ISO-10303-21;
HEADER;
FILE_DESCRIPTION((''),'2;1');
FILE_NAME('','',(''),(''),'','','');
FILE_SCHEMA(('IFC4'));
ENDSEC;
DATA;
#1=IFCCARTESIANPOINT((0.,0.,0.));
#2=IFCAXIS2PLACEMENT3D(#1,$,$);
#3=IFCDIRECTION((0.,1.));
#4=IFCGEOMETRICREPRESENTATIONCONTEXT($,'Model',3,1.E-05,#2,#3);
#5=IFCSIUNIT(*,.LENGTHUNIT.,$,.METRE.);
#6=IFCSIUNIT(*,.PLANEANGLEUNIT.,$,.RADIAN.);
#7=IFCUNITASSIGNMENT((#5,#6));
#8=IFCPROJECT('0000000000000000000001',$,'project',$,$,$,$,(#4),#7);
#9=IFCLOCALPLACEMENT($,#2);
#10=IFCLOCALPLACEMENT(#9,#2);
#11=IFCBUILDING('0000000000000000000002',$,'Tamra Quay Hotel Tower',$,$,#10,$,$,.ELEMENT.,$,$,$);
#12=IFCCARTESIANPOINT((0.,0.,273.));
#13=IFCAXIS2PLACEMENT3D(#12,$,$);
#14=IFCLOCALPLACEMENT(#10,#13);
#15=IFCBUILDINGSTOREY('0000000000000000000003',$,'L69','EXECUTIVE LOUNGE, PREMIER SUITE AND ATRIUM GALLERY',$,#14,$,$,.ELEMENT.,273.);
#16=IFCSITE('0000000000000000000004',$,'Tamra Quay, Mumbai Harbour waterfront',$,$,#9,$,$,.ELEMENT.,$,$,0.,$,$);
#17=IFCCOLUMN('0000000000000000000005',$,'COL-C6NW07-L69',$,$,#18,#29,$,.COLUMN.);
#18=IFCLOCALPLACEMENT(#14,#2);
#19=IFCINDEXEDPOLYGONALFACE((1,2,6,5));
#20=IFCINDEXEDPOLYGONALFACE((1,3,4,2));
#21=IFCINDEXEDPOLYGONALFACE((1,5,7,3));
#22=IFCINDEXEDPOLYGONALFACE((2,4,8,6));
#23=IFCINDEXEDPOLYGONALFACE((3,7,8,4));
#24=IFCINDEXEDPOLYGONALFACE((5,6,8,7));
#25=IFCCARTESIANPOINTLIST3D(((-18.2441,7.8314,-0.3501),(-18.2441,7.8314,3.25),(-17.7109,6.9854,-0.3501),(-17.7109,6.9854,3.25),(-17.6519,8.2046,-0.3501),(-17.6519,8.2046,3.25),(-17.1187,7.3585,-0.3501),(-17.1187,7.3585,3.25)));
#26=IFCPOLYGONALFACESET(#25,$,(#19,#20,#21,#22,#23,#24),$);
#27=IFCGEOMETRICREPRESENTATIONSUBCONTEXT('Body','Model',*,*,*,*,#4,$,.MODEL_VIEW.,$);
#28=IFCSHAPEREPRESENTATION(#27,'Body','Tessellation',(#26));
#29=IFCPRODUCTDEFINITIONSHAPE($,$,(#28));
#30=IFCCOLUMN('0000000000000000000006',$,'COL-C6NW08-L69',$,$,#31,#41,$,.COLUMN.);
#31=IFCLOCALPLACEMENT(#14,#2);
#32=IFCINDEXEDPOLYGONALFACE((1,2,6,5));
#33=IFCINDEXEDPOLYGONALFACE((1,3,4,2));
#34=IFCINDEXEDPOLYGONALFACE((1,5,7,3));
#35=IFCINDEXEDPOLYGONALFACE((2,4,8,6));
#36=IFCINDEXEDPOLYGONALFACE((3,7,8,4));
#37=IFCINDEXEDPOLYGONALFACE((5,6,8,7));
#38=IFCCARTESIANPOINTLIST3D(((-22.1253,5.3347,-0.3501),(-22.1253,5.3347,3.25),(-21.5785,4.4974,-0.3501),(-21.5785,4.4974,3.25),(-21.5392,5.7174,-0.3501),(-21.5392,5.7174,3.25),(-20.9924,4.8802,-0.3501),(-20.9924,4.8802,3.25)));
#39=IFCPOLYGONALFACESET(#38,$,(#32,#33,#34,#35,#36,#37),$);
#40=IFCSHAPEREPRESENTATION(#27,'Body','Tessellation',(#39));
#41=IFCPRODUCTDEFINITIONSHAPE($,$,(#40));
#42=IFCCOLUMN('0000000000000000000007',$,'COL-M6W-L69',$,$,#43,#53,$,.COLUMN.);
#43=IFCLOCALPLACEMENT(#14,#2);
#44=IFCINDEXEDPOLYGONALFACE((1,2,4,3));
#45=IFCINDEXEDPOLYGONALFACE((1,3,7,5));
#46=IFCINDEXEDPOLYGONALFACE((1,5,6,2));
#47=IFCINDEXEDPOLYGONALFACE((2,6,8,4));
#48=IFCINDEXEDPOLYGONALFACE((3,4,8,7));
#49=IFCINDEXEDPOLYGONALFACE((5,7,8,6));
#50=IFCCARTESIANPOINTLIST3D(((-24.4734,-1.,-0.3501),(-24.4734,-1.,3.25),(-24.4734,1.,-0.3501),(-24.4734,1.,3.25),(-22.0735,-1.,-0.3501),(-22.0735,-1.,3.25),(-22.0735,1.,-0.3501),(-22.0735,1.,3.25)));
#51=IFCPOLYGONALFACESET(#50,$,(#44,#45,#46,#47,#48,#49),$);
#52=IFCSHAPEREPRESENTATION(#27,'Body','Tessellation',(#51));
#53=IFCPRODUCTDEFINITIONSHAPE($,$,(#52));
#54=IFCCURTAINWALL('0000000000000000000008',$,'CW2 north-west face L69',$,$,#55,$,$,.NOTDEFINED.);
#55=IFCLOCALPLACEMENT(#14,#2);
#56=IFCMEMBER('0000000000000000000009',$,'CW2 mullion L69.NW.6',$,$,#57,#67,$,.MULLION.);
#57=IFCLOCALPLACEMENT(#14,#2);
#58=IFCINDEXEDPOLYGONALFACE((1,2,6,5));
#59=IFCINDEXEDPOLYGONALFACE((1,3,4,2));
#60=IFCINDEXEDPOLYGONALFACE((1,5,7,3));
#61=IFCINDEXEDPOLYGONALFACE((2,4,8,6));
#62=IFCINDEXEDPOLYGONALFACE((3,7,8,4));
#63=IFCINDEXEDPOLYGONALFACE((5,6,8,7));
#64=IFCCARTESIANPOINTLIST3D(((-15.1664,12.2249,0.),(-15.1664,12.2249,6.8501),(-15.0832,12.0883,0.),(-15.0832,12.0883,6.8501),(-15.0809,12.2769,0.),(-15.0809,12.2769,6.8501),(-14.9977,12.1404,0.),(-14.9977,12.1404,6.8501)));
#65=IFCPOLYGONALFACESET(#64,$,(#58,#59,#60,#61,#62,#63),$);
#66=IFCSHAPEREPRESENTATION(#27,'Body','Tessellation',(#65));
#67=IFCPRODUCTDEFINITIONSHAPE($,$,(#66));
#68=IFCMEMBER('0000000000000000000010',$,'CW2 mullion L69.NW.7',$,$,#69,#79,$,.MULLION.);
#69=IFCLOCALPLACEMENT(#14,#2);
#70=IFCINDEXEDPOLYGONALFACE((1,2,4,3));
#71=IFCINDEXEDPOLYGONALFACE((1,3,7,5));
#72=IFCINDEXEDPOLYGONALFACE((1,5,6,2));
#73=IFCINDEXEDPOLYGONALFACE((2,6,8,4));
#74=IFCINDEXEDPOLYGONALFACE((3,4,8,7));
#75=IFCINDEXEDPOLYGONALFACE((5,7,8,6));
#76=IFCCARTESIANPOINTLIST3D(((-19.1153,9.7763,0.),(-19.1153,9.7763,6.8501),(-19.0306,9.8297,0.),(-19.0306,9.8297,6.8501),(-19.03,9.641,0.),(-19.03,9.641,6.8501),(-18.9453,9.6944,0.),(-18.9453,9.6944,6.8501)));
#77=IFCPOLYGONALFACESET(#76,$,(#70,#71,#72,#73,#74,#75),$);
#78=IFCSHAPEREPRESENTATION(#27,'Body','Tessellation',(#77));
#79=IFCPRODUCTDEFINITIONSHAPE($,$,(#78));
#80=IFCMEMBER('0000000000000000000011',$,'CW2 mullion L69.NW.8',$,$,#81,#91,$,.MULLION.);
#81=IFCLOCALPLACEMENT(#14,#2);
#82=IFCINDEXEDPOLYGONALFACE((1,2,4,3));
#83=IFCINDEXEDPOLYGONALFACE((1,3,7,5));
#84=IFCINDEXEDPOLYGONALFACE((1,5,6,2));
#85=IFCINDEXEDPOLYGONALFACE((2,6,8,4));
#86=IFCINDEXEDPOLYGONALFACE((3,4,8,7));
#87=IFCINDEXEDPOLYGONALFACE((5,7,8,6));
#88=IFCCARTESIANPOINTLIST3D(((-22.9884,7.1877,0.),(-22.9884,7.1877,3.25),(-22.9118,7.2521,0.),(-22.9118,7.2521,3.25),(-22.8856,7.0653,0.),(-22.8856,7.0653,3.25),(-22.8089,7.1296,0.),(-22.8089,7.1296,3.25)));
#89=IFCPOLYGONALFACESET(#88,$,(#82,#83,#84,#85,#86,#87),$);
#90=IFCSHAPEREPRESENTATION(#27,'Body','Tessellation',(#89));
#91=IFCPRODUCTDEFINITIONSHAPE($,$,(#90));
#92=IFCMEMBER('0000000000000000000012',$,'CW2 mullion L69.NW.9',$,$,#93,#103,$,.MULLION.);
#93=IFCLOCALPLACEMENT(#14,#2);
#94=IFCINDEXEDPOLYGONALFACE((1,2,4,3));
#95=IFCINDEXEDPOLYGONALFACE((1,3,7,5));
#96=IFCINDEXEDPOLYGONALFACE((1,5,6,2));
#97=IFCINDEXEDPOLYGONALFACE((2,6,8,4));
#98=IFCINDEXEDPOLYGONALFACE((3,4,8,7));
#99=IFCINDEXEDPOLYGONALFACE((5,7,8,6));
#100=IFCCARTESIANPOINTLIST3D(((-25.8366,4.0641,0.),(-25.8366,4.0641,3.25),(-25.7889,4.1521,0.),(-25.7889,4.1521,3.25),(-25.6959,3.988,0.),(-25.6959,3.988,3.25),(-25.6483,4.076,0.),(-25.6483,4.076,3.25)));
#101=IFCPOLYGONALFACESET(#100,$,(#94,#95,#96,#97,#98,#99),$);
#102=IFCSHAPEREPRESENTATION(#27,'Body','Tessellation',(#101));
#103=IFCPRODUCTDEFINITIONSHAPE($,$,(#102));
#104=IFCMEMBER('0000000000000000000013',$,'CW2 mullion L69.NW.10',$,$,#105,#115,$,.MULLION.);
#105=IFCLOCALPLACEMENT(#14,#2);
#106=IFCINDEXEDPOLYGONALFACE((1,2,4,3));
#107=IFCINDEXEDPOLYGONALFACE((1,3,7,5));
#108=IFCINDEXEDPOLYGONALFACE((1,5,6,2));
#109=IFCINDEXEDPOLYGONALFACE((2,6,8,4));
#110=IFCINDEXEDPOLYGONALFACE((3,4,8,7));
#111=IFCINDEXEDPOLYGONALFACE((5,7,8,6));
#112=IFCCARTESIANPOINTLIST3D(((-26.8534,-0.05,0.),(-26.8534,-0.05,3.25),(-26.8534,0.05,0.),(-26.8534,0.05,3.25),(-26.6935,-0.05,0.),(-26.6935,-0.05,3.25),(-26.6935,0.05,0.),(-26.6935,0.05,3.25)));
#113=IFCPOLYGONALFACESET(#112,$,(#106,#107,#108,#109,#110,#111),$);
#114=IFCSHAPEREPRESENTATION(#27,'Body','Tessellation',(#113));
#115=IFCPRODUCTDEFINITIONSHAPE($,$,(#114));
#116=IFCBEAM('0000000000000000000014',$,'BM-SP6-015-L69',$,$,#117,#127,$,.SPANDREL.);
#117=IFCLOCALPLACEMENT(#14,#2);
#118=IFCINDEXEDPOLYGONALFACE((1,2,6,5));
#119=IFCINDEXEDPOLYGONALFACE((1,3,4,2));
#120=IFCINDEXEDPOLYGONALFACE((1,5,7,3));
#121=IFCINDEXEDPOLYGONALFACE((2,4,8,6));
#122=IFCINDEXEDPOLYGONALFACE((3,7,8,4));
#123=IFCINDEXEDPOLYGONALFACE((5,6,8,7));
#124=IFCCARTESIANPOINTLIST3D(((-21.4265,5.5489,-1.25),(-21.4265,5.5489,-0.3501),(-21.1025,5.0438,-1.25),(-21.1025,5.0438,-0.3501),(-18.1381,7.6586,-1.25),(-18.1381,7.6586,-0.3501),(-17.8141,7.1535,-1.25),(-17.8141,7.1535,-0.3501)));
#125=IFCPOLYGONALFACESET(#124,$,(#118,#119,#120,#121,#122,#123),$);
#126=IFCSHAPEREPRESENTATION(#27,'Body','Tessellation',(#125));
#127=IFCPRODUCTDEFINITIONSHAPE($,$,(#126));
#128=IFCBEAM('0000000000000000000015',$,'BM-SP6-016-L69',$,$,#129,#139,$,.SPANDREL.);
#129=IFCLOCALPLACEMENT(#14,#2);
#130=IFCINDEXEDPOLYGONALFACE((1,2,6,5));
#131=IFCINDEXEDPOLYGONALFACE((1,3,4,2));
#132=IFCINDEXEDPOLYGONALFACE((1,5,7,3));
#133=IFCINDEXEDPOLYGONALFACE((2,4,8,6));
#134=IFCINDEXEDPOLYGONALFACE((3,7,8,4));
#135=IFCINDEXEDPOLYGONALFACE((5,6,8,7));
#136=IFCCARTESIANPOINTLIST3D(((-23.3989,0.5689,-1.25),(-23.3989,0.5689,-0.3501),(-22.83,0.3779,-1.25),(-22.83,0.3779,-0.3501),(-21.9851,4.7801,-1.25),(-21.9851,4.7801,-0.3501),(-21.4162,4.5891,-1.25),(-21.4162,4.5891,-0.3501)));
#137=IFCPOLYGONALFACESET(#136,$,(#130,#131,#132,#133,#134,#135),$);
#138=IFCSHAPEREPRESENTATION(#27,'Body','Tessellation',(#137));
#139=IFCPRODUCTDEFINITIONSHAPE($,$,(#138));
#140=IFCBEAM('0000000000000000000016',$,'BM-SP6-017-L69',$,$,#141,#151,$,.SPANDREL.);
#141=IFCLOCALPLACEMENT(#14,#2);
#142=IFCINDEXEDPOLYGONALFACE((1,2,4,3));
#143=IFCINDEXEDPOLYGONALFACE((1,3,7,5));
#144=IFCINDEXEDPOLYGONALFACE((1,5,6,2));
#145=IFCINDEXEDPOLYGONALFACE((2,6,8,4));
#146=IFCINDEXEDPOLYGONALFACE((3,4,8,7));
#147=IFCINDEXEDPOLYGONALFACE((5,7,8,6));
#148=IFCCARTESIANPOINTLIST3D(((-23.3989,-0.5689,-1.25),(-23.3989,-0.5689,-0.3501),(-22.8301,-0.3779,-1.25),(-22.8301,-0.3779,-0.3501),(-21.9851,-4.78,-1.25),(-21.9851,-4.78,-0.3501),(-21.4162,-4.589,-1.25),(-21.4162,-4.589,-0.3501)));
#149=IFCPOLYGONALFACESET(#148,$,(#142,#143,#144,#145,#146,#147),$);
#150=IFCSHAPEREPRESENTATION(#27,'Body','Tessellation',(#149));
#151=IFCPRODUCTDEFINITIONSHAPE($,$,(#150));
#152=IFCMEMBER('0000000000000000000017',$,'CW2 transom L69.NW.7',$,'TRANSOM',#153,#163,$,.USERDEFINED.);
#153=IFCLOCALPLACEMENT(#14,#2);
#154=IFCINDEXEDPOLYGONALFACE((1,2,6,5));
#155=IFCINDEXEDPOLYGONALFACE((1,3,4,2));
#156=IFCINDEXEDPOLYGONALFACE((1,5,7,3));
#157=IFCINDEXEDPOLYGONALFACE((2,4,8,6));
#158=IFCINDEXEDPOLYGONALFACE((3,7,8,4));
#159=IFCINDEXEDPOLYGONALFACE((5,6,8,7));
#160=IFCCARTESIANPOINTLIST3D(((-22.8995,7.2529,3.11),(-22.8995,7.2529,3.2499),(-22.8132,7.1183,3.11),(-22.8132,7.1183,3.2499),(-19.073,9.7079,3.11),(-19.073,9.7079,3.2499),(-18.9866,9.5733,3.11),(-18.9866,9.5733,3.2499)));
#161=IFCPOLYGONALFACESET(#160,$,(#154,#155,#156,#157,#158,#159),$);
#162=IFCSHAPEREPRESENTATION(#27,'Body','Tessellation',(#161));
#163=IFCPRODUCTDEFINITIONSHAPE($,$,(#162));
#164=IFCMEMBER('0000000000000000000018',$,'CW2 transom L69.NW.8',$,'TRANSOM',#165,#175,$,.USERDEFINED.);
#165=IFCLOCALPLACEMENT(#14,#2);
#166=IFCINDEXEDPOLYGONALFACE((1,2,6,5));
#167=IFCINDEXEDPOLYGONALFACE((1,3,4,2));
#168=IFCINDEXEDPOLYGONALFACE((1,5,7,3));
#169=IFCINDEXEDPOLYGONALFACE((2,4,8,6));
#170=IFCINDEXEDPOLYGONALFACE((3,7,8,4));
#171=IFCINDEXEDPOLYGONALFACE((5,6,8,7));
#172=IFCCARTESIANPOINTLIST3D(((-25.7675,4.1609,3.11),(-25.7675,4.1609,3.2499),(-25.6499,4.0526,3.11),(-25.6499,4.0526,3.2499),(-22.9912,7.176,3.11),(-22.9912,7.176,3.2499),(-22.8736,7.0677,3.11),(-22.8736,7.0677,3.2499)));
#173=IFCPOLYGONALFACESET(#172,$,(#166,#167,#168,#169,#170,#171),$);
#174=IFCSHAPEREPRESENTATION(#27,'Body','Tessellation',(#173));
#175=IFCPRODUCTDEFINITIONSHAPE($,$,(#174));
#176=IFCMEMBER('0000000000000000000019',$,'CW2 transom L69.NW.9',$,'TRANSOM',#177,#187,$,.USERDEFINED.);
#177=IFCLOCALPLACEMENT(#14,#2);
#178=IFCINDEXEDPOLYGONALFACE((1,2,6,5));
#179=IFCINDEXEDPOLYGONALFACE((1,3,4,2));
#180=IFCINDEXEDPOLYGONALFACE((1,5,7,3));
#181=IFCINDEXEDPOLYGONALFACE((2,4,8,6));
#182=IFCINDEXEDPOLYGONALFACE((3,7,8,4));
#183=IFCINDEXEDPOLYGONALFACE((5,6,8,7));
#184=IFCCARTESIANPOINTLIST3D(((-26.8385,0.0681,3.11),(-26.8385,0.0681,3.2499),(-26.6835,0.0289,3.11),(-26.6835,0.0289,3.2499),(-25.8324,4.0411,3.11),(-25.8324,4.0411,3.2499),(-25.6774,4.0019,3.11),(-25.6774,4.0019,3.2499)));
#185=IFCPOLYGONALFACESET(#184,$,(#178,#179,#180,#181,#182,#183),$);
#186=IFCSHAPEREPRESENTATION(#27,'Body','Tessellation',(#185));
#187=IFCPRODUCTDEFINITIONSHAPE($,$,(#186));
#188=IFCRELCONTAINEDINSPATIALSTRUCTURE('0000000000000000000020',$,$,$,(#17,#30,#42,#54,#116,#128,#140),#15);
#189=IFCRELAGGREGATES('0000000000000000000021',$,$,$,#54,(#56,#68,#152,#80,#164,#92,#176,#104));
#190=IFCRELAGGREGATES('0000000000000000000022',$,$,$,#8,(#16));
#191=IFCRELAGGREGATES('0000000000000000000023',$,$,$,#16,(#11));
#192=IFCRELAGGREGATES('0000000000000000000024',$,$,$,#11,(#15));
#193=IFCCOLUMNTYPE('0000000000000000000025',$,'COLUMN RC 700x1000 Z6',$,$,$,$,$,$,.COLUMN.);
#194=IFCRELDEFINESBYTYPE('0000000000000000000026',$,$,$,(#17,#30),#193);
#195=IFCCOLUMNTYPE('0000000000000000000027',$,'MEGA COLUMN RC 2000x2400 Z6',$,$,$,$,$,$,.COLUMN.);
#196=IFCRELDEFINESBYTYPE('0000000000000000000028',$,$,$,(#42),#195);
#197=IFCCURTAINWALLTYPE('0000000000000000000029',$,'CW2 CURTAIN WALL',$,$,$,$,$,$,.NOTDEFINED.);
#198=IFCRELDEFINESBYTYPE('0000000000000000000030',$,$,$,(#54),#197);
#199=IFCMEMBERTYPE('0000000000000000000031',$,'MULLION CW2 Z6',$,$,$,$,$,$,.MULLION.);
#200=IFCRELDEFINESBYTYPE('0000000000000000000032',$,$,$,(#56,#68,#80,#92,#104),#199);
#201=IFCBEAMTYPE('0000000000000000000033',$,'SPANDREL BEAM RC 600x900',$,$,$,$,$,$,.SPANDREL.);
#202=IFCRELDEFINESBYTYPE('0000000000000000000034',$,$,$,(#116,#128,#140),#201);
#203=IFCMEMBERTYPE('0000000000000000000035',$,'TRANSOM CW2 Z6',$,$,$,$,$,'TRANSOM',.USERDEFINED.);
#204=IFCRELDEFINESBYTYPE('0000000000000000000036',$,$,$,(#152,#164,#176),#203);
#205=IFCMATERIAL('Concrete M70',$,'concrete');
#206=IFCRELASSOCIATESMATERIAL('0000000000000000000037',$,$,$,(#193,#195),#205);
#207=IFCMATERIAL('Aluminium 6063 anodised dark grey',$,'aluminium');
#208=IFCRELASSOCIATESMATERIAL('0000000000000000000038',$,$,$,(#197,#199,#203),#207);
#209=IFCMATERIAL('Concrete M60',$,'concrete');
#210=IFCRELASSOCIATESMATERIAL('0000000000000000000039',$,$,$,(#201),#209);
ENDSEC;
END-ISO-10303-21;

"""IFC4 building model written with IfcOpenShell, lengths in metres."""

from ifc_helpers import new_model, si_unit, direction, frame, origin, origin_2d, place, context, subcontext, project, spatial, rectangle, extrude, material, material_profile, profile_set, type_object, element, aggregate, save


model = new_model("IFC4")

# Units and contexts
model_context = context("Model", 3, precision=1e-05, world=origin(), true_north=direction((0.0, 1.0)))
body_context = subcontext(model_context, "Body", "Model", "MODEL_VIEW")
ifc_project = project(units=[si_unit("LENGTHUNIT", "METRE"), si_unit("PLANEANGLEUNIT", "RADIAN")], contexts=[model_context])

# Site, building, storey
site_placement = place(None, origin())
site = spatial("IfcSite", under=ifc_project, at=site_placement, Name="Tamra Quay, Mumbai Harbour waterfront", CompositionType="ELEMENT", RefElevation=0.0)
building_placement = place(site_placement, origin())
building = spatial("IfcBuilding", under=site, at=building_placement, Name="Tamra Quay Hotel Tower", CompositionType="ELEMENT")
storey_placement = place(building_placement, frame((0.0, 0.0, 273.0)))
storey = spatial("IfcBuildingStorey", under=building, at=storey_placement, Name="L69", Description="EXECUTIVE LOUNGE, PREMIER SUITE AND ATRIUM GALLERY", CompositionType="ELEMENT", Elevation=273.0)

# Columns
ifc_material_1 = material(Name="Concrete M70", Category="concrete")
ifc_material_profile_1 = material_profile(ifc_material_1, rectangle(XDim=1.0, YDim=0.7, at=origin_2d()), Name="COLUMN RC 700x1000 Z6")
ifc_profile_set_1 = profile_set([ifc_material_profile_1], Name="Concrete M70")
column_type_1 = type_object("IfcColumnType", Name="COLUMN RC 700x1000 Z6", PredefinedType="COLUMN", material=ifc_profile_set_1)
for number, where, z_axis, x_axis, name in (
    (1, (-17.6814, 7.595, -0.3501), (0.0, 0.0, 1.0), (-0.533133, 0.846031, 0.0), "COL-C6NW07-L69"),
    (2, (-21.5588, 5.1074, -0.3501), (0.0, 0.0, 1.0), (-0.546805, 0.83726, 0.0), "COL-C6NW08-L69"),
):
    element("IfcColumn", number, at=place(storey_placement, frame(where, z_axis=z_axis, x_axis=x_axis)), inside=storey, type_object=column_type_1, Name=name, PredefinedType="COLUMN", context=body_context, shape_type="SweptSolid", body=[
        extrude(rectangle(XDim=1.0, YDim=0.7, at=origin_2d()), origin(), (0.0, 0.0, 1.0), 3.6001),
    ])
ifc_material_profile_2 = material_profile(ifc_material_1, rectangle(XDim=2.3999, YDim=2.0, at=origin_2d()), Name="MEGA COLUMN RC 2000x2400 Z6")
ifc_profile_set_2 = profile_set([ifc_material_profile_2], Name="Concrete M70")
column_type_2 = type_object("IfcColumnType", Name="MEGA COLUMN RC 2000x2400 Z6", PredefinedType="COLUMN", material=ifc_profile_set_2)
column_placement = place(storey_placement, frame((-23.2734, 0.0, -0.3501), z_axis=(0.0, 0.0, 1.0), x_axis=(1.0, 0.0, 0.0)))
element("IfcColumn", 3, at=column_placement, inside=storey, type_object=column_type_2, Name="COL-M6W-L69", PredefinedType="COLUMN", context=body_context, shape_type="SweptSolid", body=[
    extrude(rectangle(XDim=2.3999, YDim=2.0, at=origin_2d()), origin(), (0.0, 0.0, 1.0), 3.6001),
])

# Curtain wall, members
ifc_material_2 = material(Name="Aluminium 6063 anodised dark grey", Category="aluminium")
curtain_wall_type = type_object("IfcCurtainWallType", Name="CW2 CURTAIN WALL", PredefinedType="NOTDEFINED", material=ifc_material_2)
curtain_wall_placement = place(storey_placement, origin())
curtain_wall = element("IfcCurtainWall", 4, at=curtain_wall_placement, inside=storey, type_object=curtain_wall_type, Name="CW2 north-west face L69", PredefinedType="NOTDEFINED")
ifc_material_profile_3 = material_profile(ifc_material_2, rectangle(XDim=0.1599, YDim=0.1001, at=origin_2d()), Name="MULLION 100X160")
ifc_profile_set_3 = profile_set([ifc_material_profile_3], Name="Aluminium 6063 anodised dark grey")
member_type_1 = type_object("IfcMemberType", Name="MULLION CW2 Z6", PredefinedType="MULLION", material=ifc_profile_set_3)
member_1_placement = place(storey_placement, frame((-15.082, 12.1826, 0.0), z_axis=(0.0, 0.0, 1.0), x_axis=(-0.520161, 0.854068, 0.0)))
member_1 = element("IfcMember", 5, at=member_1_placement, type_object=member_type_1, Name="CW2 mullion L69.NW.6", PredefinedType="MULLION", context=body_context, shape_type="SweptSolid", body=[
    extrude(rectangle(XDim=0.1599, YDim=0.1001, at=origin_2d()), origin(), (0.0, 0.0, 1.0), 6.8501),
])
member_2_placement = place(storey_placement, frame((-19.0303, 9.7354, 0.0), z_axis=(0.0, 0.0, 1.0), x_axis=(-0.533422, 0.845849, 0.0)))
member_2 = element("IfcMember", 6, at=member_2_placement, type_object=member_type_1, Name="CW2 mullion L69.NW.7", PredefinedType="MULLION", context=body_context, shape_type="SweptSolid", body=[
    extrude(rectangle(XDim=0.1599, YDim=0.1001, at=origin_2d()), origin(), (0.0, 0.0, 1.0), 6.8501),
])
member_3_placement = place(storey_placement, frame((-22.8987, 7.1587, 0.0), z_axis=(0.0, 0.0, 1.0), x_axis=(-0.643086, 0.765794, 0.0)))
member_3 = element("IfcMember", 7, at=member_3_placement, type_object=member_type_1, Name="CW2 mullion L69.NW.8", PredefinedType="MULLION", context=body_context, shape_type="SweptSolid", body=[
    extrude(rectangle(XDim=0.1599, YDim=0.1001, at=origin_2d()), origin(), (0.0, 0.0, 1.0), 3.25),
])
member_4_placement = place(storey_placement, frame((-25.7424, 4.0701, 0.0), z_axis=(0.0, 0.0, 1.0), x_axis=(-0.879433, 0.476023, 0.0)))
member_4 = element("IfcMember", 8, at=member_4_placement, type_object=member_type_1, Name="CW2 mullion L69.NW.9", PredefinedType="MULLION", context=body_context, shape_type="SweptSolid", body=[
    extrude(rectangle(XDim=0.1599, YDim=0.1001, at=origin_2d()), origin(), (0.0, 0.0, 1.0), 3.25),
])
member_5_placement = place(storey_placement, frame((-26.7734, 0.0, 0.0), z_axis=(0.0, 0.0, 1.0), x_axis=(-1.0, 0.0, 0.0)))
member_5 = element("IfcMember", 9, at=member_5_placement, type_object=member_type_1, Name="CW2 mullion L69.NW.10", PredefinedType="MULLION", context=body_context, shape_type="SweptSolid", body=[
    extrude(rectangle(XDim=0.1599, YDim=0.1001, at=origin_2d()), origin(), (0.0, 0.0, 1.0), 3.25),
])

# Beams
ifc_material_3 = material(Name="Concrete M60", Category="concrete")
ifc_material_profile_4 = material_profile(ifc_material_3, rectangle(XDim=0.6001, YDim=0.8999, at=origin_2d()), Name="SPANDREL BEAM RC 600x900")
ifc_profile_set_4 = profile_set([ifc_material_profile_4], Name="Concrete M60")
beam_type = type_object("IfcBeamType", Name="SPANDREL BEAM RC 600x900", PredefinedType="SPANDREL", material=ifc_profile_set_4)
beam_placement = place(storey_placement, frame((-17.9761, 7.406, -0.8), z_axis=(-0.84168, -0.539977, 0.0), x_axis=(0.539977, -0.84168, 0.0)))
element("IfcBeam", 10, at=beam_placement, inside=storey, type_object=beam_type, Name="BM-SP6-015-L69", PredefinedType="SPANDREL", context=body_context, shape_type="SweptSolid", body=[
    extrude(rectangle(XDim=0.6001, YDim=0.8999, at=origin_2d()), origin(), (0.0, 0.0, 1.0), 3.907),
])
for number, where, z_axis, x_axis, name in (
    (11, (-21.7007, 4.6846, -0.8), (-0.318272, -0.948, 0.0), (0.948, -0.318272, 0.0), "BM-SP6-016-L69"),
    (12, (-23.1145, -0.4734, -0.8), (0.318272, -0.948, 0.0), (0.948, 0.318272, 0.0), "BM-SP6-017-L69"),
):
    element("IfcBeam", number, at=place(storey_placement, frame(where, z_axis=z_axis, x_axis=x_axis)), inside=storey, type_object=beam_type, Name=name, PredefinedType="SPANDREL", context=body_context, shape_type="SweptSolid", body=[
        extrude(rectangle(XDim=0.6001, YDim=0.8999, at=origin_2d()), origin(), (0.0, 0.0, 1.0), 4.4421),
    ])

# Members
ifc_material_profile_5 = material_profile(ifc_material_2, rectangle(XDim=0.1599, YDim=0.1399, at=origin_2d()), Name="TRANSOM 160X140")
ifc_profile_set_5 = profile_set([ifc_material_profile_5], Name="Aluminium 6063 anodised dark grey")
member_type_2 = type_object("IfcMemberType", Name="TRANSOM CW2 Z6", ElementType="TRANSOM", PredefinedType="USERDEFINED", material=ifc_profile_set_5)
member_6_placement = place(storey_placement, frame((-19.0298, 9.6406, 3.1799), z_axis=(-0.84167, -0.539992, 0.0), x_axis=(0.539992, -0.84167, 0.0)))
member_6 = element("IfcMember", 13, at=member_6_placement, type_object=member_type_2, Name="CW2 transom L69.NW.7", ObjectType="TRANSOM", PredefinedType="USERDEFINED", context=body_context, shape_type="SweptSolid", body=[
    extrude(rectangle(XDim=0.1599, YDim=0.1399, at=origin_2d()), origin(), (0.0, 0.0, 1.0), 4.5464),
])
member_7_placement = place(storey_placement, frame((-22.9324, 7.1218, 3.1799), z_axis=(-0.677379, -0.735634, 0.0), x_axis=(0.735634, -0.677379, 0.0)))
member_7 = element("IfcMember", 14, at=member_7_placement, type_object=member_type_2, Name="CW2 transom L69.NW.8", ObjectType="TRANSOM", PredefinedType="USERDEFINED", context=body_context, shape_type="SweptSolid", body=[
    extrude(rectangle(XDim=0.1599, YDim=0.1399, at=origin_2d()), origin(), (0.0, 0.0, 1.0), 4.0986),
])
member_8_placement = place(storey_placement, frame((-25.7549, 4.0215, 3.1799), z_axis=(-0.245492, -0.969399, 0.0), x_axis=(0.969399, -0.245492, 0.0)))
member_8 = element("IfcMember", 15, at=member_8_placement, type_object=member_type_2, Name="CW2 transom L69.NW.9", ObjectType="TRANSOM", PredefinedType="USERDEFINED", context=body_context, shape_type="SweptSolid", body=[
    extrude(rectangle(XDim=0.1599, YDim=0.1399, at=origin_2d()), origin(), (0.0, 0.0, 1.0), 4.0984),
])

aggregate(curtain_wall, [member_1, member_2, member_6, member_3, member_7, member_4, member_8, member_5])

save(model, "model.ifc")
